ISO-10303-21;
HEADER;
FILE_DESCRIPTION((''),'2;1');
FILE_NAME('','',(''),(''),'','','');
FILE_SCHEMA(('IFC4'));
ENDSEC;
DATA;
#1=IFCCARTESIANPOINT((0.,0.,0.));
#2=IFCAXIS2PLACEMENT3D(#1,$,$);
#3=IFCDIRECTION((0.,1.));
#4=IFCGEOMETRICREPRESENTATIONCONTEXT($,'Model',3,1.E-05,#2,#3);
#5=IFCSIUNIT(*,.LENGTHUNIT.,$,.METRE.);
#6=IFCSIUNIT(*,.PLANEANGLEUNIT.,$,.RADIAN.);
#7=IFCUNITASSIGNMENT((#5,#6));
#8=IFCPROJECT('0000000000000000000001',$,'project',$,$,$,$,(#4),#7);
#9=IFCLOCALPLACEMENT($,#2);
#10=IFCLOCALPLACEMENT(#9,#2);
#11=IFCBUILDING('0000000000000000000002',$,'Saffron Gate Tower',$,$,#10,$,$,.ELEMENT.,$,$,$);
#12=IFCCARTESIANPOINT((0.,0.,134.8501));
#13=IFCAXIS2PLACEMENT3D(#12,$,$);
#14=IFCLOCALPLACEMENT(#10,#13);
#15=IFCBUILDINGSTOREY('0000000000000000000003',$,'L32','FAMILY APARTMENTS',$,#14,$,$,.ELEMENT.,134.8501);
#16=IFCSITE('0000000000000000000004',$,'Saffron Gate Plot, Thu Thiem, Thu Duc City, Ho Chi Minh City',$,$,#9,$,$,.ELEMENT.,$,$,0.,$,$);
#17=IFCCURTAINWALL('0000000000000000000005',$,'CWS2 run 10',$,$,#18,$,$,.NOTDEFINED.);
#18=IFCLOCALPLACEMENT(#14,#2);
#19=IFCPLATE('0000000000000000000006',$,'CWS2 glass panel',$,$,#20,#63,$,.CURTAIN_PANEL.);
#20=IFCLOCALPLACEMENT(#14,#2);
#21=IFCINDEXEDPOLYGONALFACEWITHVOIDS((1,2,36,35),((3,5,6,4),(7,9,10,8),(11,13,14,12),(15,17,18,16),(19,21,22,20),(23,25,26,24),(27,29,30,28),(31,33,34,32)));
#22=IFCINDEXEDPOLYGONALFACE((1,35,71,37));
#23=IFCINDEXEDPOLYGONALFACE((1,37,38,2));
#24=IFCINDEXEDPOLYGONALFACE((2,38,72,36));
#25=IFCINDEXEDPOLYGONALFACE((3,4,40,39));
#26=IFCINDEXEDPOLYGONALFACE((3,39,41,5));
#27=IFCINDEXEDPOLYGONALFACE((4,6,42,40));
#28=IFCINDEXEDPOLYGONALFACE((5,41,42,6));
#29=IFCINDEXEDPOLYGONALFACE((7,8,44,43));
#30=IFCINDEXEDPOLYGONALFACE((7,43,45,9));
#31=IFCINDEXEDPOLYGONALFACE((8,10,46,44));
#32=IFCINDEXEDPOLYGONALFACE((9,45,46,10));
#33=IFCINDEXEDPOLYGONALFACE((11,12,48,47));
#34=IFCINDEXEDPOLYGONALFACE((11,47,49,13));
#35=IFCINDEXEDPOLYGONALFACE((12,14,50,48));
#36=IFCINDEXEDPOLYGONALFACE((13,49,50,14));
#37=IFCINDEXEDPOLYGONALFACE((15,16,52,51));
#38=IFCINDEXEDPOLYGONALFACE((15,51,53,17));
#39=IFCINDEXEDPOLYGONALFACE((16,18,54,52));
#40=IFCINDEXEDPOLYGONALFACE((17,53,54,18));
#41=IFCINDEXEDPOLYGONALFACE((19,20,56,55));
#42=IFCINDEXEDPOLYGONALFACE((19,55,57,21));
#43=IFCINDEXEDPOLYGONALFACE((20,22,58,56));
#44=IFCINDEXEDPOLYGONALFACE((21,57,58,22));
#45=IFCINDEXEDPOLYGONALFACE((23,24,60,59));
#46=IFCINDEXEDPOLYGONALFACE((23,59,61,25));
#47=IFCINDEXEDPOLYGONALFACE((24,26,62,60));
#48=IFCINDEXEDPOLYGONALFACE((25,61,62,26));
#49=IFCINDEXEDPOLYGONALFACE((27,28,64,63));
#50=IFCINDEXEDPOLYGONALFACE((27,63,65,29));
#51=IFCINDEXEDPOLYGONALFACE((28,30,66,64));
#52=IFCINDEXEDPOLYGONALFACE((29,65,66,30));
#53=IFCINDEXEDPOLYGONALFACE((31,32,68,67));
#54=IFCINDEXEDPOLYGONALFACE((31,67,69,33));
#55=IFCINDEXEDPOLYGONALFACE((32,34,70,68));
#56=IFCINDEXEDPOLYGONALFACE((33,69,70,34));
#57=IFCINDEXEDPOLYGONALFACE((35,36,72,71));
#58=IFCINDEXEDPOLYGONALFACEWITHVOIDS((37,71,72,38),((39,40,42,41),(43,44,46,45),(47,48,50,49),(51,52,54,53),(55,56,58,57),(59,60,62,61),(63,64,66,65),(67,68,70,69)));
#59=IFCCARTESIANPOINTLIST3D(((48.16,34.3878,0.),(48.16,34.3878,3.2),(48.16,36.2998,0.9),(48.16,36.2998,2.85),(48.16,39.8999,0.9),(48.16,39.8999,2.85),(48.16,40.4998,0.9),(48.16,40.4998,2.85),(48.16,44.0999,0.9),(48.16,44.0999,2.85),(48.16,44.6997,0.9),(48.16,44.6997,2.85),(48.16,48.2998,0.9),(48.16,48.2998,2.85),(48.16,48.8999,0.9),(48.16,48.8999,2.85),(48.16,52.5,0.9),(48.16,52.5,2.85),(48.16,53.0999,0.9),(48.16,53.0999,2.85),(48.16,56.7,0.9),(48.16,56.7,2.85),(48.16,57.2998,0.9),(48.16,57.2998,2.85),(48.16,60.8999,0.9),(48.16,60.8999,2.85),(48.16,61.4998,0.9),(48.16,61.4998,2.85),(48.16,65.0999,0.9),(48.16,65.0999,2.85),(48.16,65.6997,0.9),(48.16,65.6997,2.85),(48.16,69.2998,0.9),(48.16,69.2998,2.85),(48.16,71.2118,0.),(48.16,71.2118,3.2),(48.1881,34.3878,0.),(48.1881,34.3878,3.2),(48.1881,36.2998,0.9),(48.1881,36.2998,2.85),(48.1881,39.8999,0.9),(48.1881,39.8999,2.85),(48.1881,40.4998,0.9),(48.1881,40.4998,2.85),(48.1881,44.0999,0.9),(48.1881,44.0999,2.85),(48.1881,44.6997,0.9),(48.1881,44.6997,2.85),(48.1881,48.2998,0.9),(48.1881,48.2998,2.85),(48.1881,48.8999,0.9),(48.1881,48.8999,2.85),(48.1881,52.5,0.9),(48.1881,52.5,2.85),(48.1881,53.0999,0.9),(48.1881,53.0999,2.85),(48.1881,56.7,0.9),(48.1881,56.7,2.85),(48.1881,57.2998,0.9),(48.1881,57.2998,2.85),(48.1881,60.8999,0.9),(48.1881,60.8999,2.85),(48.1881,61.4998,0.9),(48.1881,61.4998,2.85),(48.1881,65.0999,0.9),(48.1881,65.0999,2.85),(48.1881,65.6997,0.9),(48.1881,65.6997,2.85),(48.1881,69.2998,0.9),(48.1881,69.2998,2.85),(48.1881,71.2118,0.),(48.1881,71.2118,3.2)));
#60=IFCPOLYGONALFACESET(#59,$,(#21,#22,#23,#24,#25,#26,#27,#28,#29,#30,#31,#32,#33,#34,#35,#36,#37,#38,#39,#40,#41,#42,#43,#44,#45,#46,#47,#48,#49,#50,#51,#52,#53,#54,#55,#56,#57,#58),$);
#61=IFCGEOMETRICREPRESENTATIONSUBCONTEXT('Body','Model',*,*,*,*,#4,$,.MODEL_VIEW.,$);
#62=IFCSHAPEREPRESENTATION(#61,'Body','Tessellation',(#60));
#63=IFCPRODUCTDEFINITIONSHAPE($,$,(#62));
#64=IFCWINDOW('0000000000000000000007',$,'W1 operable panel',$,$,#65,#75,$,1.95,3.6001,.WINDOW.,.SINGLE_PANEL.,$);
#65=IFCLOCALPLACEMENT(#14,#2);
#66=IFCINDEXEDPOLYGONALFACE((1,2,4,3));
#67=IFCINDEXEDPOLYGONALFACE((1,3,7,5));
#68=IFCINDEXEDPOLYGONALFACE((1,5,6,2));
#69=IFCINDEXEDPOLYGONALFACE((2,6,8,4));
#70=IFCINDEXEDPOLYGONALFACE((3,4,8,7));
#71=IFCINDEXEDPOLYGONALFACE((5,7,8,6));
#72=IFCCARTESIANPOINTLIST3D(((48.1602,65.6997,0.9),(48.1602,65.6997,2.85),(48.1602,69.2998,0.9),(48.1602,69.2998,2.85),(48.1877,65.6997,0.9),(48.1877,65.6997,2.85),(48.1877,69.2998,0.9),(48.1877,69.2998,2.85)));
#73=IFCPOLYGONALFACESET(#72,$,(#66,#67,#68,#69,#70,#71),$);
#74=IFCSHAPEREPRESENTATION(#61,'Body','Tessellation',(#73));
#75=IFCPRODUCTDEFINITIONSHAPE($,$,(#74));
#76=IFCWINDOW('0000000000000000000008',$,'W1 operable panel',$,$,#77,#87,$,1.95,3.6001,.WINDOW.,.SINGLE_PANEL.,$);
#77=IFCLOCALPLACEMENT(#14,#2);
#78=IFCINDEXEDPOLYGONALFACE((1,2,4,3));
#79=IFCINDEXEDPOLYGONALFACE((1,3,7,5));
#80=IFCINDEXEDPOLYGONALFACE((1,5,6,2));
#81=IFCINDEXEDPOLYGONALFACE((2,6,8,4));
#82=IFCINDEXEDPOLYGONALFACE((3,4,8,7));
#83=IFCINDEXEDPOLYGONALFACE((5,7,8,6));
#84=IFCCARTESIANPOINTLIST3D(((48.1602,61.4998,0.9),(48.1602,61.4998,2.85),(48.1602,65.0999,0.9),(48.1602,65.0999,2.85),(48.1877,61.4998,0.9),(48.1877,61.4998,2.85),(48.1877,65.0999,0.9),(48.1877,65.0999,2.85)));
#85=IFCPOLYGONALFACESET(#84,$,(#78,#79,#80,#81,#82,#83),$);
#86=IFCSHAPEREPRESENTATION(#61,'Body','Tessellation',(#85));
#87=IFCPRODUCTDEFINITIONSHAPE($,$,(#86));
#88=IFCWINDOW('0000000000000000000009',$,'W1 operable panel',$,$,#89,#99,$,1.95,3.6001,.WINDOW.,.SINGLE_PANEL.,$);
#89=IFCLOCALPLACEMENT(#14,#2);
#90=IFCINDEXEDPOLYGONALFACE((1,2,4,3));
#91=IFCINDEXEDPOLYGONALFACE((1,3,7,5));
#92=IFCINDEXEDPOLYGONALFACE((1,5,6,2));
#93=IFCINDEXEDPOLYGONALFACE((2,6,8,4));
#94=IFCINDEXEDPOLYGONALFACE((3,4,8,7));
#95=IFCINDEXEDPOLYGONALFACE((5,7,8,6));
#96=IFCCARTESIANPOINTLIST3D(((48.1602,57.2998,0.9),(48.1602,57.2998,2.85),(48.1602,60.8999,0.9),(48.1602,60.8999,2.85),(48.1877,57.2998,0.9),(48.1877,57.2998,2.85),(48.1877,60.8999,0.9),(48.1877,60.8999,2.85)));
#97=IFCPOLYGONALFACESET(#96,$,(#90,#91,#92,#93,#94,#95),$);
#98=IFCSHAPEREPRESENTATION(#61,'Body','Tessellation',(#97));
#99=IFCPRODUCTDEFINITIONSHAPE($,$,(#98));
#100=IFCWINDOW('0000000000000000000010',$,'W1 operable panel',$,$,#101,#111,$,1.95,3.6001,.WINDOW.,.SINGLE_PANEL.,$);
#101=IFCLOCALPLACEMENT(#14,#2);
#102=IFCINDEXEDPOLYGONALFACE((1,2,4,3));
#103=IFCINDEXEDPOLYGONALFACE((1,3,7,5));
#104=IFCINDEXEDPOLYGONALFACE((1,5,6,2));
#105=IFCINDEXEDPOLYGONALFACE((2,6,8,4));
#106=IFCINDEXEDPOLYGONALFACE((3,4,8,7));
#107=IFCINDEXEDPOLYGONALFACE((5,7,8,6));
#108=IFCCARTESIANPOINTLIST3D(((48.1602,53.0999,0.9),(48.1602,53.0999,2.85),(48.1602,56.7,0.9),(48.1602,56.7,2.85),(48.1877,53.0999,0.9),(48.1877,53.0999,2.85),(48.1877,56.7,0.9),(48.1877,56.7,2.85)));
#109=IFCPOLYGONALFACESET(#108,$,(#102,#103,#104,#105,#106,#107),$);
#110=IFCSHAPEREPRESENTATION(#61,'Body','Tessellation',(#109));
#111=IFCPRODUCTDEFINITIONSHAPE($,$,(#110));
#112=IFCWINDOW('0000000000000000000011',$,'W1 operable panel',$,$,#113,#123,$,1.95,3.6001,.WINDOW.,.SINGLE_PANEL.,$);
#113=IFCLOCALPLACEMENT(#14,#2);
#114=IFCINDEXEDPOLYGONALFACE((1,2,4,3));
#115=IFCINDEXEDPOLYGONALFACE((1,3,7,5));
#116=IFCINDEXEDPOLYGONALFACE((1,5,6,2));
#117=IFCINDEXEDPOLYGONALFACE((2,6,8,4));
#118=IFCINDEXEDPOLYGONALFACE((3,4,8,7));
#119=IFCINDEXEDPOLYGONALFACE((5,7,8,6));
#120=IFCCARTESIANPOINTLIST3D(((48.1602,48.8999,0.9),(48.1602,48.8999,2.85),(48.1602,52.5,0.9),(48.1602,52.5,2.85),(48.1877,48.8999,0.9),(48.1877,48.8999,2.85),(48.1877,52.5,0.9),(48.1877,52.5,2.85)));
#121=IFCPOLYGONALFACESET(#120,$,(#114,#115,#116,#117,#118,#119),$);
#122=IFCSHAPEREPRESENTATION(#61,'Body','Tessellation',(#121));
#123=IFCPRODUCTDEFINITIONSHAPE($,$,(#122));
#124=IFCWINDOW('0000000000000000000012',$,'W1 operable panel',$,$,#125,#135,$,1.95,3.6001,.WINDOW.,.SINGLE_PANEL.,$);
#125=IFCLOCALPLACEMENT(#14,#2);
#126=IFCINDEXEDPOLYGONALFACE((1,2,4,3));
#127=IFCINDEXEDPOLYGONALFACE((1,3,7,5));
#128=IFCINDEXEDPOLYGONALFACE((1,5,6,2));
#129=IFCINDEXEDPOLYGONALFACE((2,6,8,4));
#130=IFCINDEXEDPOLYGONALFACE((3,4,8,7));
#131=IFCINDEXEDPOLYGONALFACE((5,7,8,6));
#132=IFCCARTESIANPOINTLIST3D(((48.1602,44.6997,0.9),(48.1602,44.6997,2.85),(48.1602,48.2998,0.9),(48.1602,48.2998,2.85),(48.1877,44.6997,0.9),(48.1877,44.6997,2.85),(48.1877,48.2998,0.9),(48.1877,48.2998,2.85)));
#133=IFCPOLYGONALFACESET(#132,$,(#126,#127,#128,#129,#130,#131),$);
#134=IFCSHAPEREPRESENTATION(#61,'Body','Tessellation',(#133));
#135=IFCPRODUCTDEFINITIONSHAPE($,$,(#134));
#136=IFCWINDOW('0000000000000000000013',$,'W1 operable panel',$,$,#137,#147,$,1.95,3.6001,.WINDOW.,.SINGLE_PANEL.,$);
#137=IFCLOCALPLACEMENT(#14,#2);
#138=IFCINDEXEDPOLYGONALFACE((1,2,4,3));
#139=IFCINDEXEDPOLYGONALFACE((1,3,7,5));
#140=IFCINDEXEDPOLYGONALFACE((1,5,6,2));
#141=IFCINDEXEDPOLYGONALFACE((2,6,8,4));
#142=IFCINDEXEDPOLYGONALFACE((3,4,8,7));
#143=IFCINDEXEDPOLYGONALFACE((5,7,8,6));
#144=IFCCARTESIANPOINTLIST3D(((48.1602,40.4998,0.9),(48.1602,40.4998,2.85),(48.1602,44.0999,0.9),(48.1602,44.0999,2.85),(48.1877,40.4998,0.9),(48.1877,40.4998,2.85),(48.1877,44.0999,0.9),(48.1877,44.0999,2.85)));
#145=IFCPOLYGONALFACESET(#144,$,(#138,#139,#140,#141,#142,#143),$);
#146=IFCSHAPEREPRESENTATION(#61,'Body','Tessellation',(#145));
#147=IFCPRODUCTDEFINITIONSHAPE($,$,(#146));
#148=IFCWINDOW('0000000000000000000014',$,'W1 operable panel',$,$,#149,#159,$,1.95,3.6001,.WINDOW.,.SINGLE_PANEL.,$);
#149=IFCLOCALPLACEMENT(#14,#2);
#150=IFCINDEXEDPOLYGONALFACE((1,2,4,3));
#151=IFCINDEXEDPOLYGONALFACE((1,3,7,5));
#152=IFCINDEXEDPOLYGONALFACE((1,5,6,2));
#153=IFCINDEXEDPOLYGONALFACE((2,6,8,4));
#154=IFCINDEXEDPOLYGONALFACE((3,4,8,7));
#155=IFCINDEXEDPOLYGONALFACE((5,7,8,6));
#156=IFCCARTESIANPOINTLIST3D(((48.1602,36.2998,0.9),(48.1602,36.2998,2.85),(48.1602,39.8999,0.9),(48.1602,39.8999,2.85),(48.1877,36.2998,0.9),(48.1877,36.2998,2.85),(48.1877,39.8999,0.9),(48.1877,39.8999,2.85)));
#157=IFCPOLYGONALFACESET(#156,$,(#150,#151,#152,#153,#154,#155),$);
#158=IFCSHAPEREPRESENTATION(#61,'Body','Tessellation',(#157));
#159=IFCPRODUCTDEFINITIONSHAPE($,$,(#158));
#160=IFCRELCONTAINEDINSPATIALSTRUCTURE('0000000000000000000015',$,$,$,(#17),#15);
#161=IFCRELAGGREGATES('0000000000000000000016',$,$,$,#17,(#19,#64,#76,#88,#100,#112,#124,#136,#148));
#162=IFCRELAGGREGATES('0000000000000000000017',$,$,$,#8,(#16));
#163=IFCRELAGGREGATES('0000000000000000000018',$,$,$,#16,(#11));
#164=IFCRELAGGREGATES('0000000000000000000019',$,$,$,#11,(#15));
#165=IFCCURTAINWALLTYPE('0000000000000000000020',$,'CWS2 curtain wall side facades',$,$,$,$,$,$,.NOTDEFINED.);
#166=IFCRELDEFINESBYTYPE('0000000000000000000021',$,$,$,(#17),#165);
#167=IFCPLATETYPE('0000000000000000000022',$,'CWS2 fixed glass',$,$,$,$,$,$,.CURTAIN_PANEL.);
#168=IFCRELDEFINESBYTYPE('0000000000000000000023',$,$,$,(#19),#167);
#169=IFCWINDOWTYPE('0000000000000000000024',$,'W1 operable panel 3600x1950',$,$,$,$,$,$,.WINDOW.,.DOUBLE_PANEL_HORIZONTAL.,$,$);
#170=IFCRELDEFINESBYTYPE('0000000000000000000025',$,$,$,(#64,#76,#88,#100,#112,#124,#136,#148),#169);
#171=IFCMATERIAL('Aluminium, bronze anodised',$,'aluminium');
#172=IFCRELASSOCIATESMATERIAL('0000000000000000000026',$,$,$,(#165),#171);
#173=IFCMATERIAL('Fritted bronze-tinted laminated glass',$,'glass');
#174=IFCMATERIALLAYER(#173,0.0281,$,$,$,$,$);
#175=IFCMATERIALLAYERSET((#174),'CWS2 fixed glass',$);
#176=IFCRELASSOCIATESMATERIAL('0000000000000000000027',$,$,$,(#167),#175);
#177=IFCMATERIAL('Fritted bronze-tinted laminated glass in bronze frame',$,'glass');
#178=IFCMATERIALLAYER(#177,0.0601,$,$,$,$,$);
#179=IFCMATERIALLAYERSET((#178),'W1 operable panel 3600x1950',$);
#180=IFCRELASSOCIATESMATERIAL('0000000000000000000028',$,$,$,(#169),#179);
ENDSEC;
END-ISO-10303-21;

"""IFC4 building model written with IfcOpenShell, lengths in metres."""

from ifc_helpers import new_model, si_unit, direction, frame, frame_2d, origin, place, context, subcontext, project, spatial, rectangle, extrude, material, layer, layer_set, type_object, element, fill, aggregate, save


model = new_model("IFC4")

# Units and contexts
model_context = context("Model", 3, precision=1e-05, world=origin(), true_north=direction((0.0, 1.0)))
body_context = subcontext(model_context, "Body", "Model", "MODEL_VIEW")
ifc_project = project(units=[si_unit("LENGTHUNIT", "METRE"), si_unit("PLANEANGLEUNIT", "RADIAN")], contexts=[model_context])

# Site, building, storey
site_placement = place(None, origin())
site = spatial("IfcSite", under=ifc_project, at=site_placement, Name="Saffron Gate Plot, Thu Thiem, Thu Duc City, Ho Chi Minh City", CompositionType="ELEMENT", RefElevation=0.0)
building_placement = place(site_placement, origin())
building = spatial("IfcBuilding", under=site, at=building_placement, Name="Saffron Gate Tower", CompositionType="ELEMENT")
storey_placement = place(building_placement, frame((0.0, 0.0, 134.8501)))
storey = spatial("IfcBuildingStorey", under=building, at=storey_placement, Name="L32", Description="FAMILY APARTMENTS", CompositionType="ELEMENT", Elevation=134.8501)

# Curtain wall
ifc_material_1 = material(Name="Aluminium, bronze anodised", Category="aluminium")
curtain_wall_type_1 = type_object("IfcCurtainWallType", Name="CWS2 curtain wall side facades", PredefinedType="NOTDEFINED", material=ifc_material_1)
curtain_wall_1_placement = place(storey_placement, origin())
curtain_wall_1 = element("IfcCurtainWall", 1, at=curtain_wall_1_placement, inside=storey, type_object=curtain_wall_type_1, Name="CWS2 run 10", PredefinedType="NOTDEFINED")

# Plate, openings, windows
ifc_material_2 = material(Name="Fritted bronze-tinted laminated glass", Category="glass")
ifc_layer_1 = layer(ifc_material_2, 0.0281)
ifc_layer_set_1 = layer_set([ifc_layer_1], Name="CWS2 fixed glass")
plate_type_1 = type_object("IfcPlateType", Name="CWS2 fixed glass", PredefinedType="CURTAIN_PANEL", material=ifc_layer_set_1)
plate_1_placement = place(storey_placement, frame((48.1741, 71.2119, 0.0), z_axis=(0.0, 0.0, 1.0), x_axis=(0.0, -1.0, 0.0)))
plate_1 = element("IfcPlate", 2, at=plate_1_placement, type_object=plate_type_1, Name="CWS2 glass panel", PredefinedType="CURTAIN_PANEL", context=body_context, shape_type="SweptSolid", body=[
    extrude(rectangle(XDim=36.824, YDim=0.0281, at=frame_2d((18.4121, 0.0))), origin(), (0.0, 0.0, 1.0), 3.2),
])
opening_1_placement = place(plate_1_placement, frame((1.9121, 0.0, 0.8999)))
opening_1 = element("IfcOpeningElement", 3, at=opening_1_placement, cuts=plate_1, PredefinedType="OPENING", context=body_context, shape_type="SweptSolid", body=[
    extrude(rectangle(XDim=3.6001, YDim=1.95, at=frame_2d((1.8, 0.9751))), frame((0.0, 0.0239, 0.0), z_axis=(0.0, -1.0, 0.0), x_axis=(1.0, 0.0, 0.0)), (0.0, 0.0, 1.0), 0.0481),
])
opening_2_placement = place(plate_1_placement, frame((6.1121, 0.0, 0.8999)))
opening_2 = element("IfcOpeningElement", 4, at=opening_2_placement, cuts=plate_1, PredefinedType="OPENING", context=body_context, shape_type="SweptSolid", body=[
    extrude(rectangle(XDim=3.6001, YDim=1.95, at=frame_2d((1.8, 0.9751))), frame((0.0, 0.0239, 0.0), z_axis=(0.0, -1.0, 0.0), x_axis=(1.0, 0.0, 0.0)), (0.0, 0.0, 1.0), 0.0481),
])
opening_3_placement = place(plate_1_placement, frame((10.312, 0.0, 0.8999)))
opening_3 = element("IfcOpeningElement", 5, at=opening_3_placement, cuts=plate_1, PredefinedType="OPENING", context=body_context, shape_type="SweptSolid", body=[
    extrude(rectangle(XDim=3.6001, YDim=1.95, at=frame_2d((1.8, 0.9751))), frame((0.0, 0.0239, 0.0), z_axis=(0.0, -1.0, 0.0), x_axis=(1.0, 0.0, 0.0)), (0.0, 0.0, 1.0), 0.0481),
])
opening_4_placement = place(plate_1_placement, frame((14.512, 0.0, 0.8999)))
opening_4 = element("IfcOpeningElement", 6, at=opening_4_placement, cuts=plate_1, PredefinedType="OPENING", context=body_context, shape_type="SweptSolid", body=[
    extrude(rectangle(XDim=3.6001, YDim=1.95, at=frame_2d((1.8, 0.9751))), frame((0.0, 0.0239, 0.0), z_axis=(0.0, -1.0, 0.0), x_axis=(1.0, 0.0, 0.0)), (0.0, 0.0, 1.0), 0.0481),
])
opening_5_placement = place(plate_1_placement, frame((18.7119, 0.0, 0.8999)))
opening_5 = element("IfcOpeningElement", 7, at=opening_5_placement, cuts=plate_1, PredefinedType="OPENING", context=body_context, shape_type="SweptSolid", body=[
    extrude(rectangle(XDim=3.6001, YDim=1.95, at=frame_2d((1.8, 0.9751))), frame((0.0, 0.0239, 0.0), z_axis=(0.0, -1.0, 0.0), x_axis=(1.0, 0.0, 0.0)), (0.0, 0.0, 1.0), 0.0481),
])
opening_6_placement = place(plate_1_placement, frame((22.9121, 0.0, 0.8999)))
opening_6 = element("IfcOpeningElement", 8, at=opening_6_placement, cuts=plate_1, PredefinedType="OPENING", context=body_context, shape_type="SweptSolid", body=[
    extrude(rectangle(XDim=3.6001, YDim=1.95, at=frame_2d((1.8, 0.9751))), frame((0.0, 0.0239, 0.0), z_axis=(0.0, -1.0, 0.0), x_axis=(1.0, 0.0, 0.0)), (0.0, 0.0, 1.0), 0.0481),
])
opening_7_placement = place(plate_1_placement, frame((27.1121, 0.0, 0.8999)))
opening_7 = element("IfcOpeningElement", 9, at=opening_7_placement, cuts=plate_1, PredefinedType="OPENING", context=body_context, shape_type="SweptSolid", body=[
    extrude(rectangle(XDim=3.6001, YDim=1.95, at=frame_2d((1.8, 0.9751))), frame((0.0, 0.0239, 0.0), z_axis=(0.0, -1.0, 0.0), x_axis=(1.0, 0.0, 0.0)), (0.0, 0.0, 1.0), 0.0481),
])
opening_8_placement = place(plate_1_placement, frame((31.312, 0.0, 0.8999)))
opening_8 = element("IfcOpeningElement", 10, at=opening_8_placement, cuts=plate_1, PredefinedType="OPENING", context=body_context, shape_type="SweptSolid", body=[
    extrude(rectangle(XDim=3.6001, YDim=1.95, at=frame_2d((1.8, 0.9751))), frame((0.0, 0.0239, 0.0), z_axis=(0.0, -1.0, 0.0), x_axis=(1.0, 0.0, 0.0)), (0.0, 0.0, 1.0), 0.0481),
])
ifc_material_3 = material(Name="Fritted bronze-tinted laminated glass in bronze frame", Category="glass")
ifc_layer_2 = layer(ifc_material_3, 0.0601)
ifc_layer_set_2 = layer_set([ifc_layer_2], Name="W1 operable panel 3600x1950")
window_type = type_object("IfcWindowType", Name="W1 operable panel 3600x1950", PartitioningType="DOUBLE_PANEL_HORIZONTAL", PredefinedType="WINDOW", material=ifc_layer_set_2)
window_1_placement = place(opening_1_placement, origin())
window_1 = element("IfcWindow", 11, at=window_1_placement, type_object=window_type, Name="W1 operable panel", OverallHeight=1.95, OverallWidth=3.6001, PartitioningType="SINGLE_PANEL", PredefinedType="WINDOW", context=body_context, shape_type="SweptSolid", body=[
    extrude(rectangle(XDim=3.6001, YDim=1.95, at=frame_2d((1.8, 0.9751))), frame((0.0, 0.0137, 0.0), z_axis=(0.0, -1.0, 0.0), x_axis=(1.0, 0.0, 0.0)), (0.0, 0.0, 1.0), 0.0276),
])
fill(opening_1, window_1)
window_2_placement = place(opening_2_placement, origin())
window_2 = element("IfcWindow", 12, at=window_2_placement, type_object=window_type, Name="W1 operable panel", OverallHeight=1.95, OverallWidth=3.6001, PartitioningType="SINGLE_PANEL", PredefinedType="WINDOW", context=body_context, shape_type="SweptSolid", body=[
    extrude(rectangle(XDim=3.6001, YDim=1.95, at=frame_2d((1.8, 0.9751))), frame((0.0, 0.0137, 0.0), z_axis=(0.0, -1.0, 0.0), x_axis=(1.0, 0.0, 0.0)), (0.0, 0.0, 1.0), 0.0276),
])
fill(opening_2, window_2)
window_3_placement = place(opening_3_placement, origin())
window_3 = element("IfcWindow", 13, at=window_3_placement, type_object=window_type, Name="W1 operable panel", OverallHeight=1.95, OverallWidth=3.6001, PartitioningType="SINGLE_PANEL", PredefinedType="WINDOW", context=body_context, shape_type="SweptSolid", body=[
    extrude(rectangle(XDim=3.6001, YDim=1.95, at=frame_2d((1.8, 0.9751))), frame((0.0, 0.0137, 0.0), z_axis=(0.0, -1.0, 0.0), x_axis=(1.0, 0.0, 0.0)), (0.0, 0.0, 1.0), 0.0276),
])
fill(opening_3, window_3)
window_4_placement = place(opening_4_placement, origin())
window_4 = element("IfcWindow", 14, at=window_4_placement, type_object=window_type, Name="W1 operable panel", OverallHeight=1.95, OverallWidth=3.6001, PartitioningType="SINGLE_PANEL", PredefinedType="WINDOW", context=body_context, shape_type="SweptSolid", body=[
    extrude(rectangle(XDim=3.6001, YDim=1.95, at=frame_2d((1.8, 0.9751))), frame((0.0, 0.0137, 0.0), z_axis=(0.0, -1.0, 0.0), x_axis=(1.0, 0.0, 0.0)), (0.0, 0.0, 1.0), 0.0276),
])
fill(opening_4, window_4)
window_5_placement = place(opening_5_placement, origin())
window_5 = element("IfcWindow", 15, at=window_5_placement, type_object=window_type, Name="W1 operable panel", OverallHeight=1.95, OverallWidth=3.6001, PartitioningType="SINGLE_PANEL", PredefinedType="WINDOW", context=body_context, shape_type="SweptSolid", body=[
    extrude(rectangle(XDim=3.6001, YDim=1.95, at=frame_2d((1.8, 0.9751))), frame((0.0, 0.0137, 0.0), z_axis=(0.0, -1.0, 0.0), x_axis=(1.0, 0.0, 0.0)), (0.0, 0.0, 1.0), 0.0276),
])
fill(opening_5, window_5)
window_6_placement = place(opening_6_placement, origin())
window_6 = element("IfcWindow", 16, at=window_6_placement, type_object=window_type, Name="W1 operable panel", OverallHeight=1.95, OverallWidth=3.6001, PartitioningType="SINGLE_PANEL", PredefinedType="WINDOW", context=body_context, shape_type="SweptSolid", body=[
    extrude(rectangle(XDim=3.6001, YDim=1.95, at=frame_2d((1.8, 0.9751))), frame((0.0, 0.0137, 0.0), z_axis=(0.0, -1.0, 0.0), x_axis=(1.0, 0.0, 0.0)), (0.0, 0.0, 1.0), 0.0276),
])
fill(opening_6, window_6)
window_7_placement = place(opening_7_placement, origin())
window_7 = element("IfcWindow", 17, at=window_7_placement, type_object=window_type, Name="W1 operable panel", OverallHeight=1.95, OverallWidth=3.6001, PartitioningType="SINGLE_PANEL", PredefinedType="WINDOW", context=body_context, shape_type="SweptSolid", body=[
    extrude(rectangle(XDim=3.6001, YDim=1.95, at=frame_2d((1.8, 0.9751))), frame((0.0, 0.0137, 0.0), z_axis=(0.0, -1.0, 0.0), x_axis=(1.0, 0.0, 0.0)), (0.0, 0.0, 1.0), 0.0276),
])
fill(opening_7, window_7)
window_8_placement = place(opening_8_placement, origin())
window_8 = element("IfcWindow", 18, at=window_8_placement, type_object=window_type, Name="W1 operable panel", OverallHeight=1.95, OverallWidth=3.6001, PartitioningType="SINGLE_PANEL", PredefinedType="WINDOW", context=body_context, shape_type="SweptSolid", body=[
    extrude(rectangle(XDim=3.6001, YDim=1.95, at=frame_2d((1.8, 0.9751))), frame((0.0, 0.0137, 0.0), z_axis=(0.0, -1.0, 0.0), x_axis=(1.0, 0.0, 0.0)), (0.0, 0.0, 1.0), 0.0276),
])
fill(opening_8, window_8)
aggregate(curtain_wall_1, [plate_1, window_1, window_2, window_3, window_4, window_5, window_6, window_7, window_8])

save(model, "model.ifc")
